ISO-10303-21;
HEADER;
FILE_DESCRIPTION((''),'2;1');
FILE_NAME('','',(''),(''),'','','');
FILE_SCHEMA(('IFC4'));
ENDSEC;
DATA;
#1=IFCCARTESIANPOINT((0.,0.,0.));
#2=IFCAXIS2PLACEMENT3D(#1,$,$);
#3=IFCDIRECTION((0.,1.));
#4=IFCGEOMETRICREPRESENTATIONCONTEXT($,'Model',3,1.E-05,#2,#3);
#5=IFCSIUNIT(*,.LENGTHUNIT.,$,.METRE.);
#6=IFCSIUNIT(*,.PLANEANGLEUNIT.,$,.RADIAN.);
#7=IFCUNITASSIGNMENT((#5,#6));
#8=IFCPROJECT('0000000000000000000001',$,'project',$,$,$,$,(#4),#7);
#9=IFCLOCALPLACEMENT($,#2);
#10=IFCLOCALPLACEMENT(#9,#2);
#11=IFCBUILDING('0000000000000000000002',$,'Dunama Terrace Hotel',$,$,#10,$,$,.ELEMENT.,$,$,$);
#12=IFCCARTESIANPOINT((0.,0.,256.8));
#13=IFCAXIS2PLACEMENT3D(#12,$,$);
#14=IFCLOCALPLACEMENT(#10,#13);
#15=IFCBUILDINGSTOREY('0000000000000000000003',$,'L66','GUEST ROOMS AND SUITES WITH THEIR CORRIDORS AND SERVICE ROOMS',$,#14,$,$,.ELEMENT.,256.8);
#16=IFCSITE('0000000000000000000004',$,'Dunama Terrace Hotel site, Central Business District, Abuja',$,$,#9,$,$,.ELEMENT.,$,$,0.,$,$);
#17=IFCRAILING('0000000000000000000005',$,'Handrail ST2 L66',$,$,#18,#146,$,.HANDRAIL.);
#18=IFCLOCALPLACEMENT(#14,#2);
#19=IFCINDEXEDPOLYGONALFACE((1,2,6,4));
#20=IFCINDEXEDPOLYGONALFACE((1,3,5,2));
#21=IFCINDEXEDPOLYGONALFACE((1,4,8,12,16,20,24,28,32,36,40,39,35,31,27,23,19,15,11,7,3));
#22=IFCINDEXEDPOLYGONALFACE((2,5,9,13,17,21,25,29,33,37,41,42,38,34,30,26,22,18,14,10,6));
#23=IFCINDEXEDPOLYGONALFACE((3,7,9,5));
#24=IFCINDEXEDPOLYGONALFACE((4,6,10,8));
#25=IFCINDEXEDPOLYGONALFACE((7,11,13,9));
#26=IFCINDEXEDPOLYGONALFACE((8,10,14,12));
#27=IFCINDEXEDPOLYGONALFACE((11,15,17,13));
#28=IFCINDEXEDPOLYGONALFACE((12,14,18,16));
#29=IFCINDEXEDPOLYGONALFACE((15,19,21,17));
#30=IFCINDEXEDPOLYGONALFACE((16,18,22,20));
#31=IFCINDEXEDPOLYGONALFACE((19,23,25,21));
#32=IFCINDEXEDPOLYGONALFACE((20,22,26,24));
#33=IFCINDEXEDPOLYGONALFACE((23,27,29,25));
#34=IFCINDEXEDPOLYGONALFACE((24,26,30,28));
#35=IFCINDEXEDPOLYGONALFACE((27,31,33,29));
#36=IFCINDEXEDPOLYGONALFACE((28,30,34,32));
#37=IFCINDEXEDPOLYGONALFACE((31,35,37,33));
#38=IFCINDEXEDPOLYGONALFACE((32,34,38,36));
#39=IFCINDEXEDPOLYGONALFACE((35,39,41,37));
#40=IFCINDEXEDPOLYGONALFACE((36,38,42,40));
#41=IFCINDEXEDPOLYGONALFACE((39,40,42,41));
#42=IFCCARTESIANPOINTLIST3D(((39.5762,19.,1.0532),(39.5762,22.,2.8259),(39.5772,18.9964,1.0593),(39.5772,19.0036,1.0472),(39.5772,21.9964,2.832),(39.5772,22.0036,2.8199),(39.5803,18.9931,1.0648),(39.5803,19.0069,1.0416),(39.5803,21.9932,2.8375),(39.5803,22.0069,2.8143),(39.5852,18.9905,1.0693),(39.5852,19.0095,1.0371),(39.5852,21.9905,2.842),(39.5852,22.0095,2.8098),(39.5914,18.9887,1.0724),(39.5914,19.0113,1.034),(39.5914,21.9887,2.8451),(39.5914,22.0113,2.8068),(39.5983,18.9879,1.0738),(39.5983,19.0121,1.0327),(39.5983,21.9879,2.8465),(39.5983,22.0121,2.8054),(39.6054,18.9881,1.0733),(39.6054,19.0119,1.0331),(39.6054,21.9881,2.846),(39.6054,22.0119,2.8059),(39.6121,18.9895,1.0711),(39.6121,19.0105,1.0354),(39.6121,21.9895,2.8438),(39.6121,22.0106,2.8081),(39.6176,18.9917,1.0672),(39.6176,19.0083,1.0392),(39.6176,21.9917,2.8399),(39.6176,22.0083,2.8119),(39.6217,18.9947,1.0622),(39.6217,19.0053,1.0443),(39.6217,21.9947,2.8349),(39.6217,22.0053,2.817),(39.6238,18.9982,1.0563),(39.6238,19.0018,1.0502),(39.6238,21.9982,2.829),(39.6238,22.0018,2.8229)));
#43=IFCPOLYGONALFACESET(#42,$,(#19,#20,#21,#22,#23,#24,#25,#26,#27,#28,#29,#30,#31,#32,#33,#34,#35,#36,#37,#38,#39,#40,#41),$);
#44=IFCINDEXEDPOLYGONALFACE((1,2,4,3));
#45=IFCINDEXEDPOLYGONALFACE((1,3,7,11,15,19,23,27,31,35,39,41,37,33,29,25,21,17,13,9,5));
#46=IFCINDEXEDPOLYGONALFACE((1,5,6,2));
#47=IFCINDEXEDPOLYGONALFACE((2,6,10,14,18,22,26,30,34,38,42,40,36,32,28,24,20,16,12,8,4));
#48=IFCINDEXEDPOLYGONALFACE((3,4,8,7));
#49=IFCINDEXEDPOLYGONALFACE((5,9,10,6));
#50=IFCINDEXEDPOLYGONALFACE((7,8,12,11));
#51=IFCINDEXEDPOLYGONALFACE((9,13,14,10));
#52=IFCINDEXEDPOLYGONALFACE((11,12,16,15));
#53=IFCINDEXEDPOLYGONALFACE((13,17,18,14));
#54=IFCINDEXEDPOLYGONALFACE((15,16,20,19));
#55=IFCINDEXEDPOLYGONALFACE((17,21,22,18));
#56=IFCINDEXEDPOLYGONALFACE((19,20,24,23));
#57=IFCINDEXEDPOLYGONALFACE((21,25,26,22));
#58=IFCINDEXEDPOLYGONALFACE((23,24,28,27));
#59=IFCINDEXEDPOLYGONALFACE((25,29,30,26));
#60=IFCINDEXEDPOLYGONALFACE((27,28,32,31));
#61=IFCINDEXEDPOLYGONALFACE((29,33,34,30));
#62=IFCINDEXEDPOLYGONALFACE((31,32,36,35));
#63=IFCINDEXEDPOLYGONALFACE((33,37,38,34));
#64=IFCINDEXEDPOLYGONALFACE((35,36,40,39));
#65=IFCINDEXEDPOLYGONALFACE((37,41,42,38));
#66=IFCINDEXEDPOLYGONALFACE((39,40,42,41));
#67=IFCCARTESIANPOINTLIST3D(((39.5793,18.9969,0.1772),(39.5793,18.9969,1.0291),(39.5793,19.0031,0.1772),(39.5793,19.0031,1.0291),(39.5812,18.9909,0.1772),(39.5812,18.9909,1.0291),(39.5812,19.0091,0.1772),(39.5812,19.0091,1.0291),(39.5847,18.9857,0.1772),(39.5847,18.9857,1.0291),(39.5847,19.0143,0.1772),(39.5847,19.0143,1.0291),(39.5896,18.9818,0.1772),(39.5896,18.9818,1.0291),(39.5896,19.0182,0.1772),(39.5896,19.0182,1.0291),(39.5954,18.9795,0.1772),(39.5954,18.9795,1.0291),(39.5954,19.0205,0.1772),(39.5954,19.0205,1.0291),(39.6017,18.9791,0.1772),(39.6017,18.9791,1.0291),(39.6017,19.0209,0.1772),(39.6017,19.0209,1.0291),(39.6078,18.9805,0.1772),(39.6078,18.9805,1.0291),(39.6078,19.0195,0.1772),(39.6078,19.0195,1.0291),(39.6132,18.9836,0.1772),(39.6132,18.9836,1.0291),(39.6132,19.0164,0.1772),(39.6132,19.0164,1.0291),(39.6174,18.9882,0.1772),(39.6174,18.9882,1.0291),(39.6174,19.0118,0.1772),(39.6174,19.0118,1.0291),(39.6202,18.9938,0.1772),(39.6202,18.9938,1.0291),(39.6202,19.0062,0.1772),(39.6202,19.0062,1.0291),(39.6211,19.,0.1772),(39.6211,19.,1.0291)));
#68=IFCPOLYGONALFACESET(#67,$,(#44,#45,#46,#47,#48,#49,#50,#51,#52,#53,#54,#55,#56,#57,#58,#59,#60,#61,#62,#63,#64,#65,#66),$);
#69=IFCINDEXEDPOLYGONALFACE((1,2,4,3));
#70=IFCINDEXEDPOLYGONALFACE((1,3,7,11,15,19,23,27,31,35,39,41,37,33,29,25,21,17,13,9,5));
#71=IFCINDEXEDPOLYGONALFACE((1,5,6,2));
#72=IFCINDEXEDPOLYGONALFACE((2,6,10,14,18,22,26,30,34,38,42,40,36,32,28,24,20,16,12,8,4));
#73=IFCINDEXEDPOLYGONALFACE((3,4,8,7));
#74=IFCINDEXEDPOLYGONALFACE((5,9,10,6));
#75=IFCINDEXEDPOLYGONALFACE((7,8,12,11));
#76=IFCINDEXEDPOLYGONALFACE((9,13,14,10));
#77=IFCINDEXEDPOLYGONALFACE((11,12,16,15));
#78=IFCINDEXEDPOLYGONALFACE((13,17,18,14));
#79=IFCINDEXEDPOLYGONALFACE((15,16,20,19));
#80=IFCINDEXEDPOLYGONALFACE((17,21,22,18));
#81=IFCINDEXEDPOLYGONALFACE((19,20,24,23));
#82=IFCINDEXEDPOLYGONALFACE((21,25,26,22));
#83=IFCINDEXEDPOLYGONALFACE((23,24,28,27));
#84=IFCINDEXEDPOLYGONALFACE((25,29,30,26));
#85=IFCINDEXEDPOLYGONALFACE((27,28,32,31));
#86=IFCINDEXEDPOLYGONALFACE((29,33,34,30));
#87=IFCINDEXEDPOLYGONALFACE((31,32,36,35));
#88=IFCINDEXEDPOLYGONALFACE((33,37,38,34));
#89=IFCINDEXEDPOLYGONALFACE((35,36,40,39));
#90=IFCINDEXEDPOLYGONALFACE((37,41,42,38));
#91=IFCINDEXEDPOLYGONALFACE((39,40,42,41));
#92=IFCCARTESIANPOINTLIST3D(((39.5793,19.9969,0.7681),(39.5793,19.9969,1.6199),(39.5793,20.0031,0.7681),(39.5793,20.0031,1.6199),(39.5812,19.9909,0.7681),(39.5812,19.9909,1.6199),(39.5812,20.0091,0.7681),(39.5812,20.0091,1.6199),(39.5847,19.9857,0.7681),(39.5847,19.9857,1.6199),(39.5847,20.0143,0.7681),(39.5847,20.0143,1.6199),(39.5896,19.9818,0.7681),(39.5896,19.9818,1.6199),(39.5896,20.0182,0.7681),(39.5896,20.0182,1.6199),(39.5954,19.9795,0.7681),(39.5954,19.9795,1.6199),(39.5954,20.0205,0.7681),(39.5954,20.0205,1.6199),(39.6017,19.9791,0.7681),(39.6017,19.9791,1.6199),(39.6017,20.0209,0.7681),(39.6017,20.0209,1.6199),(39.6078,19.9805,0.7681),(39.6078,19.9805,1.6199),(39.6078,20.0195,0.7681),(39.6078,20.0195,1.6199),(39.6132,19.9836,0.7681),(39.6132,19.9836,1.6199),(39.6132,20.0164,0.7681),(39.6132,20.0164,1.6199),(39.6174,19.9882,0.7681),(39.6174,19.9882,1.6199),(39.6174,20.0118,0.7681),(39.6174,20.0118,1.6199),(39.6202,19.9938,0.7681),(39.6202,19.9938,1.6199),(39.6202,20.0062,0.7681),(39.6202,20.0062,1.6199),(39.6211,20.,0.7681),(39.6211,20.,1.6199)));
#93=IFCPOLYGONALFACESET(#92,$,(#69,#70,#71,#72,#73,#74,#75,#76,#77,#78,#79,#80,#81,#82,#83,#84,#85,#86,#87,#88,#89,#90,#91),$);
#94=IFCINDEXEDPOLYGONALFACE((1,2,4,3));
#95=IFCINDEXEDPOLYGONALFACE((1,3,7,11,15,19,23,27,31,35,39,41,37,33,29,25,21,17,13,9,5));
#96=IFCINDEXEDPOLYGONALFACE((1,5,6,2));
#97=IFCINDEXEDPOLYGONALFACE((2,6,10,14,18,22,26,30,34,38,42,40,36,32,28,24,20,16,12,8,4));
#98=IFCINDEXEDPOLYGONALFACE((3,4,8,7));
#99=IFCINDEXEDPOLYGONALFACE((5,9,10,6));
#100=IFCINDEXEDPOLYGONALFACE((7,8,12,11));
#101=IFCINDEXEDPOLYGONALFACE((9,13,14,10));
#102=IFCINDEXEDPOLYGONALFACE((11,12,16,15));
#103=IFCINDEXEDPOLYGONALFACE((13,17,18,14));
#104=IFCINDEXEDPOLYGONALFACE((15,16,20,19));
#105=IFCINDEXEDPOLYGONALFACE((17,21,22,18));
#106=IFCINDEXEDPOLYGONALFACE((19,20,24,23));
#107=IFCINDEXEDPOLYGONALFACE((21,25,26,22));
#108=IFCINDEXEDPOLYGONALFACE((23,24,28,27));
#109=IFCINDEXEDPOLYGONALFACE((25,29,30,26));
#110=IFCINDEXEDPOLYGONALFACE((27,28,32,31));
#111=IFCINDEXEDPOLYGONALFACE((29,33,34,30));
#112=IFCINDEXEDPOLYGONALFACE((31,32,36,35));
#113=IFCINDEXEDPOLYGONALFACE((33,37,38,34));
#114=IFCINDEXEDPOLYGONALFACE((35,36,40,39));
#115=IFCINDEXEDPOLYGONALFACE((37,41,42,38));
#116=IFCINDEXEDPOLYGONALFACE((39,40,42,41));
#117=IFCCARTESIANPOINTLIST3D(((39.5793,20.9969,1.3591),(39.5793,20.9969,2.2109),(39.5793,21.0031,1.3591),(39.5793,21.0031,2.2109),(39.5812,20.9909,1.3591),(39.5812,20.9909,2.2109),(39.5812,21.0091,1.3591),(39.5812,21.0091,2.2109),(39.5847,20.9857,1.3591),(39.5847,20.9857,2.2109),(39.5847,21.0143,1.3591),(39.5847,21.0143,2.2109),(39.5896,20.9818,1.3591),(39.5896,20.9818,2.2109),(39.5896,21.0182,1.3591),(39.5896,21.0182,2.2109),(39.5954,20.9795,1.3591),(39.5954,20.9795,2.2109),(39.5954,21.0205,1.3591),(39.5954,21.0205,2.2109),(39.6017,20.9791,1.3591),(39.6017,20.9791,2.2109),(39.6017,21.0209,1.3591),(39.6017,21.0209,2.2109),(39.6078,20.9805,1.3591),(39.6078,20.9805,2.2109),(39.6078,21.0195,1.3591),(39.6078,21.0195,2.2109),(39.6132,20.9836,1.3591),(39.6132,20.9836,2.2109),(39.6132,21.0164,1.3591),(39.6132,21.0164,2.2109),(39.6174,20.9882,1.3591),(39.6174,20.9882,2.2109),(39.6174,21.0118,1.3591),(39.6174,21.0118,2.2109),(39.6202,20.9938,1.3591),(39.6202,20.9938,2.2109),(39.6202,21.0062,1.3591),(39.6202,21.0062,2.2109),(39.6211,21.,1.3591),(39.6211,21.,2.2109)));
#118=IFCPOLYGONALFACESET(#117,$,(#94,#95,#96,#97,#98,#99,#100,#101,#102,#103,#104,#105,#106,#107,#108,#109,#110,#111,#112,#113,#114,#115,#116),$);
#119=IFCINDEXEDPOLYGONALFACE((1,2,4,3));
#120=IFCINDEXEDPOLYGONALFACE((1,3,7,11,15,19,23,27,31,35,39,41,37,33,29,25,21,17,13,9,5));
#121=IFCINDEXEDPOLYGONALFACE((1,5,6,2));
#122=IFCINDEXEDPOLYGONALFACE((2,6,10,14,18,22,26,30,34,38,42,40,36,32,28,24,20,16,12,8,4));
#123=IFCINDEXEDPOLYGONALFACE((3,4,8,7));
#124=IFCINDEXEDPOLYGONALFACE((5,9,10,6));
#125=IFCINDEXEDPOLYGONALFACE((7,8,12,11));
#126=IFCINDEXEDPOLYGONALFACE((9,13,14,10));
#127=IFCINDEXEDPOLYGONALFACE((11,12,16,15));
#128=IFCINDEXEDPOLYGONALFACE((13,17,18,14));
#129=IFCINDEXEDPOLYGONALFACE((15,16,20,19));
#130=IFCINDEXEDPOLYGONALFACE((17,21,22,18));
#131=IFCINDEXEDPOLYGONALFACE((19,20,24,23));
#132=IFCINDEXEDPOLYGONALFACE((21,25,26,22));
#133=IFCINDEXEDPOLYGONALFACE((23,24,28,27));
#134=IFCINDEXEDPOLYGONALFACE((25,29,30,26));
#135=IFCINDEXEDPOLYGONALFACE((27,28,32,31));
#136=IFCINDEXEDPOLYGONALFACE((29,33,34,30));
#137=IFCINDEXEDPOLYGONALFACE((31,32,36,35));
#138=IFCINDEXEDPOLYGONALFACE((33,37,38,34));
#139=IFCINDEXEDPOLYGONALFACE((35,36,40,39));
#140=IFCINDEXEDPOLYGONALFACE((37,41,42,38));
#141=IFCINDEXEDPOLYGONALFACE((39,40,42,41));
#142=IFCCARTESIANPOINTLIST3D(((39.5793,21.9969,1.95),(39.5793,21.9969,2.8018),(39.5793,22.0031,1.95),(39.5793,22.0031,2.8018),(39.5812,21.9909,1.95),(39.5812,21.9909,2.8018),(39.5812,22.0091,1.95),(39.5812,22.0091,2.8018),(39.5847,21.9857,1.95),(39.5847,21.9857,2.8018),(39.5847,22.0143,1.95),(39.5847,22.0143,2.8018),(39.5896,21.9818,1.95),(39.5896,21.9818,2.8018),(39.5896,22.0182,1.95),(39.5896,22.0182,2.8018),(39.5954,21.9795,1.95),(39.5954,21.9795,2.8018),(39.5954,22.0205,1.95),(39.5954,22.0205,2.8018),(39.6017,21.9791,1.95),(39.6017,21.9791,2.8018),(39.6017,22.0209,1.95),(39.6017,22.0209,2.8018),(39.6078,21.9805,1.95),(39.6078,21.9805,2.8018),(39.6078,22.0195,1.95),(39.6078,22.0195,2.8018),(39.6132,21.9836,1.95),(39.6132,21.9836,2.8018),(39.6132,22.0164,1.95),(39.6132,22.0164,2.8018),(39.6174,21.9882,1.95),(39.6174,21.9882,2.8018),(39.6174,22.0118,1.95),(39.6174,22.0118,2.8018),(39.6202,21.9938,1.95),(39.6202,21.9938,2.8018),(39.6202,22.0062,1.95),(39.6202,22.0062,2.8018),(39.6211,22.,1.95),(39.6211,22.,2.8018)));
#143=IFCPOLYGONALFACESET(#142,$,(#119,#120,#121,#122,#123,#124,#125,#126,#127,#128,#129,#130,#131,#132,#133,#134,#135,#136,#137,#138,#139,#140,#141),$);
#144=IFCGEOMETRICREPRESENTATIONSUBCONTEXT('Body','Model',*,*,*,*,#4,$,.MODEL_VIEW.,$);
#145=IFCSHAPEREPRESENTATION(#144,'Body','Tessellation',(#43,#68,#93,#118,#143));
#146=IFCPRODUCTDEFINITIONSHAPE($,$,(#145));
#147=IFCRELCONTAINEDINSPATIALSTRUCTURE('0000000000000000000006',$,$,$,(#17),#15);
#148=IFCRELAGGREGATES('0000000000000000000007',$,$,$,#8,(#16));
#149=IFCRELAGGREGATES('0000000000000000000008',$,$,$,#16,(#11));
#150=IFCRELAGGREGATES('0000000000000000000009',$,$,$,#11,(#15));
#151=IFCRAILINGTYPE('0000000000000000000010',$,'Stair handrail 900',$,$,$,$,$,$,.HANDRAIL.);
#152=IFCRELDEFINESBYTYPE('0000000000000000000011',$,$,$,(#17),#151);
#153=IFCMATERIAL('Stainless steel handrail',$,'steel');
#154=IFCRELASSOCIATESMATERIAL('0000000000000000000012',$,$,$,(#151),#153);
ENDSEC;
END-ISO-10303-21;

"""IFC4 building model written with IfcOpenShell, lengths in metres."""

from ifc_helpers import new_model, si_unit, direction, frame, origin, origin_2d, place, context, subcontext, project, spatial, circle, extrude, material, type_object, element, save


model = new_model("IFC4")

# Units and contexts
model_context = context("Model", 3, precision=1e-05, world=origin(), true_north=direction((0.0, 1.0)))
body_context = subcontext(model_context, "Body", "Model", "MODEL_VIEW")
ifc_project = project(units=[si_unit("LENGTHUNIT", "METRE"), si_unit("PLANEANGLEUNIT", "RADIAN")], contexts=[model_context])

# Site, building, storey
site_placement = place(None, origin())
site = spatial("IfcSite", under=ifc_project, at=site_placement, Name="Dunama Terrace Hotel site, Central Business District, Abuja", CompositionType="ELEMENT", RefElevation=0.0)
building_placement = place(site_placement, origin())
building = spatial("IfcBuilding", under=site, at=building_placement, Name="Dunama Terrace Hotel", CompositionType="ELEMENT")
storey_placement = place(building_placement, frame((0.0, 0.0, 256.8)))
storey = spatial("IfcBuildingStorey", under=building, at=storey_placement, Name="L66", Description="GUEST ROOMS AND SUITES WITH THEIR CORRIDORS AND SERVICE ROOMS", CompositionType="ELEMENT", Elevation=256.8)

# Railing
ifc_material_1 = material(Name="Stainless steel handrail", Category="steel")
railing_type_1 = type_object("IfcRailingType", Name="Stair handrail 900", PredefinedType="HANDRAIL", material=ifc_material_1)
railing_1_placement = place(storey_placement, frame((39.6001, 19.0, 0.1772)))
element("IfcRailing", 1, at=railing_1_placement, inside=storey, type_object=railing_type_1, Name="Handrail ST2 L66", PredefinedType="HANDRAIL", context=body_context, shape_type="SweptSolid", body=[
    extrude(circle(Radius=0.0239, at=origin_2d()), frame((0.0, 0.0, 0.876), z_axis=(0.0, 0.860929, 0.508725), x_axis=(-1.0, 0.0, 0.0)), (0.0, 0.0, 1.0), 3.4846),
    extrude(circle(Radius=0.021, at=origin_2d()), origin(), (0.0, 0.0, 1.0), 0.8518),
    extrude(circle(Radius=0.021, at=origin_2d()), frame((0.0, 1.0, 0.5908)), (0.0, 0.0, 1.0), 0.8518),
    extrude(circle(Radius=0.021, at=origin_2d()), frame((0.0, 2.0, 1.1819)), (0.0, 0.0, 1.0), 0.8518),
    extrude(circle(Radius=0.021, at=origin_2d()), frame((0.0, 3.0, 1.7727)), (0.0, 0.0, 1.0), 0.8518),
])

save(model, "model.ifc")
